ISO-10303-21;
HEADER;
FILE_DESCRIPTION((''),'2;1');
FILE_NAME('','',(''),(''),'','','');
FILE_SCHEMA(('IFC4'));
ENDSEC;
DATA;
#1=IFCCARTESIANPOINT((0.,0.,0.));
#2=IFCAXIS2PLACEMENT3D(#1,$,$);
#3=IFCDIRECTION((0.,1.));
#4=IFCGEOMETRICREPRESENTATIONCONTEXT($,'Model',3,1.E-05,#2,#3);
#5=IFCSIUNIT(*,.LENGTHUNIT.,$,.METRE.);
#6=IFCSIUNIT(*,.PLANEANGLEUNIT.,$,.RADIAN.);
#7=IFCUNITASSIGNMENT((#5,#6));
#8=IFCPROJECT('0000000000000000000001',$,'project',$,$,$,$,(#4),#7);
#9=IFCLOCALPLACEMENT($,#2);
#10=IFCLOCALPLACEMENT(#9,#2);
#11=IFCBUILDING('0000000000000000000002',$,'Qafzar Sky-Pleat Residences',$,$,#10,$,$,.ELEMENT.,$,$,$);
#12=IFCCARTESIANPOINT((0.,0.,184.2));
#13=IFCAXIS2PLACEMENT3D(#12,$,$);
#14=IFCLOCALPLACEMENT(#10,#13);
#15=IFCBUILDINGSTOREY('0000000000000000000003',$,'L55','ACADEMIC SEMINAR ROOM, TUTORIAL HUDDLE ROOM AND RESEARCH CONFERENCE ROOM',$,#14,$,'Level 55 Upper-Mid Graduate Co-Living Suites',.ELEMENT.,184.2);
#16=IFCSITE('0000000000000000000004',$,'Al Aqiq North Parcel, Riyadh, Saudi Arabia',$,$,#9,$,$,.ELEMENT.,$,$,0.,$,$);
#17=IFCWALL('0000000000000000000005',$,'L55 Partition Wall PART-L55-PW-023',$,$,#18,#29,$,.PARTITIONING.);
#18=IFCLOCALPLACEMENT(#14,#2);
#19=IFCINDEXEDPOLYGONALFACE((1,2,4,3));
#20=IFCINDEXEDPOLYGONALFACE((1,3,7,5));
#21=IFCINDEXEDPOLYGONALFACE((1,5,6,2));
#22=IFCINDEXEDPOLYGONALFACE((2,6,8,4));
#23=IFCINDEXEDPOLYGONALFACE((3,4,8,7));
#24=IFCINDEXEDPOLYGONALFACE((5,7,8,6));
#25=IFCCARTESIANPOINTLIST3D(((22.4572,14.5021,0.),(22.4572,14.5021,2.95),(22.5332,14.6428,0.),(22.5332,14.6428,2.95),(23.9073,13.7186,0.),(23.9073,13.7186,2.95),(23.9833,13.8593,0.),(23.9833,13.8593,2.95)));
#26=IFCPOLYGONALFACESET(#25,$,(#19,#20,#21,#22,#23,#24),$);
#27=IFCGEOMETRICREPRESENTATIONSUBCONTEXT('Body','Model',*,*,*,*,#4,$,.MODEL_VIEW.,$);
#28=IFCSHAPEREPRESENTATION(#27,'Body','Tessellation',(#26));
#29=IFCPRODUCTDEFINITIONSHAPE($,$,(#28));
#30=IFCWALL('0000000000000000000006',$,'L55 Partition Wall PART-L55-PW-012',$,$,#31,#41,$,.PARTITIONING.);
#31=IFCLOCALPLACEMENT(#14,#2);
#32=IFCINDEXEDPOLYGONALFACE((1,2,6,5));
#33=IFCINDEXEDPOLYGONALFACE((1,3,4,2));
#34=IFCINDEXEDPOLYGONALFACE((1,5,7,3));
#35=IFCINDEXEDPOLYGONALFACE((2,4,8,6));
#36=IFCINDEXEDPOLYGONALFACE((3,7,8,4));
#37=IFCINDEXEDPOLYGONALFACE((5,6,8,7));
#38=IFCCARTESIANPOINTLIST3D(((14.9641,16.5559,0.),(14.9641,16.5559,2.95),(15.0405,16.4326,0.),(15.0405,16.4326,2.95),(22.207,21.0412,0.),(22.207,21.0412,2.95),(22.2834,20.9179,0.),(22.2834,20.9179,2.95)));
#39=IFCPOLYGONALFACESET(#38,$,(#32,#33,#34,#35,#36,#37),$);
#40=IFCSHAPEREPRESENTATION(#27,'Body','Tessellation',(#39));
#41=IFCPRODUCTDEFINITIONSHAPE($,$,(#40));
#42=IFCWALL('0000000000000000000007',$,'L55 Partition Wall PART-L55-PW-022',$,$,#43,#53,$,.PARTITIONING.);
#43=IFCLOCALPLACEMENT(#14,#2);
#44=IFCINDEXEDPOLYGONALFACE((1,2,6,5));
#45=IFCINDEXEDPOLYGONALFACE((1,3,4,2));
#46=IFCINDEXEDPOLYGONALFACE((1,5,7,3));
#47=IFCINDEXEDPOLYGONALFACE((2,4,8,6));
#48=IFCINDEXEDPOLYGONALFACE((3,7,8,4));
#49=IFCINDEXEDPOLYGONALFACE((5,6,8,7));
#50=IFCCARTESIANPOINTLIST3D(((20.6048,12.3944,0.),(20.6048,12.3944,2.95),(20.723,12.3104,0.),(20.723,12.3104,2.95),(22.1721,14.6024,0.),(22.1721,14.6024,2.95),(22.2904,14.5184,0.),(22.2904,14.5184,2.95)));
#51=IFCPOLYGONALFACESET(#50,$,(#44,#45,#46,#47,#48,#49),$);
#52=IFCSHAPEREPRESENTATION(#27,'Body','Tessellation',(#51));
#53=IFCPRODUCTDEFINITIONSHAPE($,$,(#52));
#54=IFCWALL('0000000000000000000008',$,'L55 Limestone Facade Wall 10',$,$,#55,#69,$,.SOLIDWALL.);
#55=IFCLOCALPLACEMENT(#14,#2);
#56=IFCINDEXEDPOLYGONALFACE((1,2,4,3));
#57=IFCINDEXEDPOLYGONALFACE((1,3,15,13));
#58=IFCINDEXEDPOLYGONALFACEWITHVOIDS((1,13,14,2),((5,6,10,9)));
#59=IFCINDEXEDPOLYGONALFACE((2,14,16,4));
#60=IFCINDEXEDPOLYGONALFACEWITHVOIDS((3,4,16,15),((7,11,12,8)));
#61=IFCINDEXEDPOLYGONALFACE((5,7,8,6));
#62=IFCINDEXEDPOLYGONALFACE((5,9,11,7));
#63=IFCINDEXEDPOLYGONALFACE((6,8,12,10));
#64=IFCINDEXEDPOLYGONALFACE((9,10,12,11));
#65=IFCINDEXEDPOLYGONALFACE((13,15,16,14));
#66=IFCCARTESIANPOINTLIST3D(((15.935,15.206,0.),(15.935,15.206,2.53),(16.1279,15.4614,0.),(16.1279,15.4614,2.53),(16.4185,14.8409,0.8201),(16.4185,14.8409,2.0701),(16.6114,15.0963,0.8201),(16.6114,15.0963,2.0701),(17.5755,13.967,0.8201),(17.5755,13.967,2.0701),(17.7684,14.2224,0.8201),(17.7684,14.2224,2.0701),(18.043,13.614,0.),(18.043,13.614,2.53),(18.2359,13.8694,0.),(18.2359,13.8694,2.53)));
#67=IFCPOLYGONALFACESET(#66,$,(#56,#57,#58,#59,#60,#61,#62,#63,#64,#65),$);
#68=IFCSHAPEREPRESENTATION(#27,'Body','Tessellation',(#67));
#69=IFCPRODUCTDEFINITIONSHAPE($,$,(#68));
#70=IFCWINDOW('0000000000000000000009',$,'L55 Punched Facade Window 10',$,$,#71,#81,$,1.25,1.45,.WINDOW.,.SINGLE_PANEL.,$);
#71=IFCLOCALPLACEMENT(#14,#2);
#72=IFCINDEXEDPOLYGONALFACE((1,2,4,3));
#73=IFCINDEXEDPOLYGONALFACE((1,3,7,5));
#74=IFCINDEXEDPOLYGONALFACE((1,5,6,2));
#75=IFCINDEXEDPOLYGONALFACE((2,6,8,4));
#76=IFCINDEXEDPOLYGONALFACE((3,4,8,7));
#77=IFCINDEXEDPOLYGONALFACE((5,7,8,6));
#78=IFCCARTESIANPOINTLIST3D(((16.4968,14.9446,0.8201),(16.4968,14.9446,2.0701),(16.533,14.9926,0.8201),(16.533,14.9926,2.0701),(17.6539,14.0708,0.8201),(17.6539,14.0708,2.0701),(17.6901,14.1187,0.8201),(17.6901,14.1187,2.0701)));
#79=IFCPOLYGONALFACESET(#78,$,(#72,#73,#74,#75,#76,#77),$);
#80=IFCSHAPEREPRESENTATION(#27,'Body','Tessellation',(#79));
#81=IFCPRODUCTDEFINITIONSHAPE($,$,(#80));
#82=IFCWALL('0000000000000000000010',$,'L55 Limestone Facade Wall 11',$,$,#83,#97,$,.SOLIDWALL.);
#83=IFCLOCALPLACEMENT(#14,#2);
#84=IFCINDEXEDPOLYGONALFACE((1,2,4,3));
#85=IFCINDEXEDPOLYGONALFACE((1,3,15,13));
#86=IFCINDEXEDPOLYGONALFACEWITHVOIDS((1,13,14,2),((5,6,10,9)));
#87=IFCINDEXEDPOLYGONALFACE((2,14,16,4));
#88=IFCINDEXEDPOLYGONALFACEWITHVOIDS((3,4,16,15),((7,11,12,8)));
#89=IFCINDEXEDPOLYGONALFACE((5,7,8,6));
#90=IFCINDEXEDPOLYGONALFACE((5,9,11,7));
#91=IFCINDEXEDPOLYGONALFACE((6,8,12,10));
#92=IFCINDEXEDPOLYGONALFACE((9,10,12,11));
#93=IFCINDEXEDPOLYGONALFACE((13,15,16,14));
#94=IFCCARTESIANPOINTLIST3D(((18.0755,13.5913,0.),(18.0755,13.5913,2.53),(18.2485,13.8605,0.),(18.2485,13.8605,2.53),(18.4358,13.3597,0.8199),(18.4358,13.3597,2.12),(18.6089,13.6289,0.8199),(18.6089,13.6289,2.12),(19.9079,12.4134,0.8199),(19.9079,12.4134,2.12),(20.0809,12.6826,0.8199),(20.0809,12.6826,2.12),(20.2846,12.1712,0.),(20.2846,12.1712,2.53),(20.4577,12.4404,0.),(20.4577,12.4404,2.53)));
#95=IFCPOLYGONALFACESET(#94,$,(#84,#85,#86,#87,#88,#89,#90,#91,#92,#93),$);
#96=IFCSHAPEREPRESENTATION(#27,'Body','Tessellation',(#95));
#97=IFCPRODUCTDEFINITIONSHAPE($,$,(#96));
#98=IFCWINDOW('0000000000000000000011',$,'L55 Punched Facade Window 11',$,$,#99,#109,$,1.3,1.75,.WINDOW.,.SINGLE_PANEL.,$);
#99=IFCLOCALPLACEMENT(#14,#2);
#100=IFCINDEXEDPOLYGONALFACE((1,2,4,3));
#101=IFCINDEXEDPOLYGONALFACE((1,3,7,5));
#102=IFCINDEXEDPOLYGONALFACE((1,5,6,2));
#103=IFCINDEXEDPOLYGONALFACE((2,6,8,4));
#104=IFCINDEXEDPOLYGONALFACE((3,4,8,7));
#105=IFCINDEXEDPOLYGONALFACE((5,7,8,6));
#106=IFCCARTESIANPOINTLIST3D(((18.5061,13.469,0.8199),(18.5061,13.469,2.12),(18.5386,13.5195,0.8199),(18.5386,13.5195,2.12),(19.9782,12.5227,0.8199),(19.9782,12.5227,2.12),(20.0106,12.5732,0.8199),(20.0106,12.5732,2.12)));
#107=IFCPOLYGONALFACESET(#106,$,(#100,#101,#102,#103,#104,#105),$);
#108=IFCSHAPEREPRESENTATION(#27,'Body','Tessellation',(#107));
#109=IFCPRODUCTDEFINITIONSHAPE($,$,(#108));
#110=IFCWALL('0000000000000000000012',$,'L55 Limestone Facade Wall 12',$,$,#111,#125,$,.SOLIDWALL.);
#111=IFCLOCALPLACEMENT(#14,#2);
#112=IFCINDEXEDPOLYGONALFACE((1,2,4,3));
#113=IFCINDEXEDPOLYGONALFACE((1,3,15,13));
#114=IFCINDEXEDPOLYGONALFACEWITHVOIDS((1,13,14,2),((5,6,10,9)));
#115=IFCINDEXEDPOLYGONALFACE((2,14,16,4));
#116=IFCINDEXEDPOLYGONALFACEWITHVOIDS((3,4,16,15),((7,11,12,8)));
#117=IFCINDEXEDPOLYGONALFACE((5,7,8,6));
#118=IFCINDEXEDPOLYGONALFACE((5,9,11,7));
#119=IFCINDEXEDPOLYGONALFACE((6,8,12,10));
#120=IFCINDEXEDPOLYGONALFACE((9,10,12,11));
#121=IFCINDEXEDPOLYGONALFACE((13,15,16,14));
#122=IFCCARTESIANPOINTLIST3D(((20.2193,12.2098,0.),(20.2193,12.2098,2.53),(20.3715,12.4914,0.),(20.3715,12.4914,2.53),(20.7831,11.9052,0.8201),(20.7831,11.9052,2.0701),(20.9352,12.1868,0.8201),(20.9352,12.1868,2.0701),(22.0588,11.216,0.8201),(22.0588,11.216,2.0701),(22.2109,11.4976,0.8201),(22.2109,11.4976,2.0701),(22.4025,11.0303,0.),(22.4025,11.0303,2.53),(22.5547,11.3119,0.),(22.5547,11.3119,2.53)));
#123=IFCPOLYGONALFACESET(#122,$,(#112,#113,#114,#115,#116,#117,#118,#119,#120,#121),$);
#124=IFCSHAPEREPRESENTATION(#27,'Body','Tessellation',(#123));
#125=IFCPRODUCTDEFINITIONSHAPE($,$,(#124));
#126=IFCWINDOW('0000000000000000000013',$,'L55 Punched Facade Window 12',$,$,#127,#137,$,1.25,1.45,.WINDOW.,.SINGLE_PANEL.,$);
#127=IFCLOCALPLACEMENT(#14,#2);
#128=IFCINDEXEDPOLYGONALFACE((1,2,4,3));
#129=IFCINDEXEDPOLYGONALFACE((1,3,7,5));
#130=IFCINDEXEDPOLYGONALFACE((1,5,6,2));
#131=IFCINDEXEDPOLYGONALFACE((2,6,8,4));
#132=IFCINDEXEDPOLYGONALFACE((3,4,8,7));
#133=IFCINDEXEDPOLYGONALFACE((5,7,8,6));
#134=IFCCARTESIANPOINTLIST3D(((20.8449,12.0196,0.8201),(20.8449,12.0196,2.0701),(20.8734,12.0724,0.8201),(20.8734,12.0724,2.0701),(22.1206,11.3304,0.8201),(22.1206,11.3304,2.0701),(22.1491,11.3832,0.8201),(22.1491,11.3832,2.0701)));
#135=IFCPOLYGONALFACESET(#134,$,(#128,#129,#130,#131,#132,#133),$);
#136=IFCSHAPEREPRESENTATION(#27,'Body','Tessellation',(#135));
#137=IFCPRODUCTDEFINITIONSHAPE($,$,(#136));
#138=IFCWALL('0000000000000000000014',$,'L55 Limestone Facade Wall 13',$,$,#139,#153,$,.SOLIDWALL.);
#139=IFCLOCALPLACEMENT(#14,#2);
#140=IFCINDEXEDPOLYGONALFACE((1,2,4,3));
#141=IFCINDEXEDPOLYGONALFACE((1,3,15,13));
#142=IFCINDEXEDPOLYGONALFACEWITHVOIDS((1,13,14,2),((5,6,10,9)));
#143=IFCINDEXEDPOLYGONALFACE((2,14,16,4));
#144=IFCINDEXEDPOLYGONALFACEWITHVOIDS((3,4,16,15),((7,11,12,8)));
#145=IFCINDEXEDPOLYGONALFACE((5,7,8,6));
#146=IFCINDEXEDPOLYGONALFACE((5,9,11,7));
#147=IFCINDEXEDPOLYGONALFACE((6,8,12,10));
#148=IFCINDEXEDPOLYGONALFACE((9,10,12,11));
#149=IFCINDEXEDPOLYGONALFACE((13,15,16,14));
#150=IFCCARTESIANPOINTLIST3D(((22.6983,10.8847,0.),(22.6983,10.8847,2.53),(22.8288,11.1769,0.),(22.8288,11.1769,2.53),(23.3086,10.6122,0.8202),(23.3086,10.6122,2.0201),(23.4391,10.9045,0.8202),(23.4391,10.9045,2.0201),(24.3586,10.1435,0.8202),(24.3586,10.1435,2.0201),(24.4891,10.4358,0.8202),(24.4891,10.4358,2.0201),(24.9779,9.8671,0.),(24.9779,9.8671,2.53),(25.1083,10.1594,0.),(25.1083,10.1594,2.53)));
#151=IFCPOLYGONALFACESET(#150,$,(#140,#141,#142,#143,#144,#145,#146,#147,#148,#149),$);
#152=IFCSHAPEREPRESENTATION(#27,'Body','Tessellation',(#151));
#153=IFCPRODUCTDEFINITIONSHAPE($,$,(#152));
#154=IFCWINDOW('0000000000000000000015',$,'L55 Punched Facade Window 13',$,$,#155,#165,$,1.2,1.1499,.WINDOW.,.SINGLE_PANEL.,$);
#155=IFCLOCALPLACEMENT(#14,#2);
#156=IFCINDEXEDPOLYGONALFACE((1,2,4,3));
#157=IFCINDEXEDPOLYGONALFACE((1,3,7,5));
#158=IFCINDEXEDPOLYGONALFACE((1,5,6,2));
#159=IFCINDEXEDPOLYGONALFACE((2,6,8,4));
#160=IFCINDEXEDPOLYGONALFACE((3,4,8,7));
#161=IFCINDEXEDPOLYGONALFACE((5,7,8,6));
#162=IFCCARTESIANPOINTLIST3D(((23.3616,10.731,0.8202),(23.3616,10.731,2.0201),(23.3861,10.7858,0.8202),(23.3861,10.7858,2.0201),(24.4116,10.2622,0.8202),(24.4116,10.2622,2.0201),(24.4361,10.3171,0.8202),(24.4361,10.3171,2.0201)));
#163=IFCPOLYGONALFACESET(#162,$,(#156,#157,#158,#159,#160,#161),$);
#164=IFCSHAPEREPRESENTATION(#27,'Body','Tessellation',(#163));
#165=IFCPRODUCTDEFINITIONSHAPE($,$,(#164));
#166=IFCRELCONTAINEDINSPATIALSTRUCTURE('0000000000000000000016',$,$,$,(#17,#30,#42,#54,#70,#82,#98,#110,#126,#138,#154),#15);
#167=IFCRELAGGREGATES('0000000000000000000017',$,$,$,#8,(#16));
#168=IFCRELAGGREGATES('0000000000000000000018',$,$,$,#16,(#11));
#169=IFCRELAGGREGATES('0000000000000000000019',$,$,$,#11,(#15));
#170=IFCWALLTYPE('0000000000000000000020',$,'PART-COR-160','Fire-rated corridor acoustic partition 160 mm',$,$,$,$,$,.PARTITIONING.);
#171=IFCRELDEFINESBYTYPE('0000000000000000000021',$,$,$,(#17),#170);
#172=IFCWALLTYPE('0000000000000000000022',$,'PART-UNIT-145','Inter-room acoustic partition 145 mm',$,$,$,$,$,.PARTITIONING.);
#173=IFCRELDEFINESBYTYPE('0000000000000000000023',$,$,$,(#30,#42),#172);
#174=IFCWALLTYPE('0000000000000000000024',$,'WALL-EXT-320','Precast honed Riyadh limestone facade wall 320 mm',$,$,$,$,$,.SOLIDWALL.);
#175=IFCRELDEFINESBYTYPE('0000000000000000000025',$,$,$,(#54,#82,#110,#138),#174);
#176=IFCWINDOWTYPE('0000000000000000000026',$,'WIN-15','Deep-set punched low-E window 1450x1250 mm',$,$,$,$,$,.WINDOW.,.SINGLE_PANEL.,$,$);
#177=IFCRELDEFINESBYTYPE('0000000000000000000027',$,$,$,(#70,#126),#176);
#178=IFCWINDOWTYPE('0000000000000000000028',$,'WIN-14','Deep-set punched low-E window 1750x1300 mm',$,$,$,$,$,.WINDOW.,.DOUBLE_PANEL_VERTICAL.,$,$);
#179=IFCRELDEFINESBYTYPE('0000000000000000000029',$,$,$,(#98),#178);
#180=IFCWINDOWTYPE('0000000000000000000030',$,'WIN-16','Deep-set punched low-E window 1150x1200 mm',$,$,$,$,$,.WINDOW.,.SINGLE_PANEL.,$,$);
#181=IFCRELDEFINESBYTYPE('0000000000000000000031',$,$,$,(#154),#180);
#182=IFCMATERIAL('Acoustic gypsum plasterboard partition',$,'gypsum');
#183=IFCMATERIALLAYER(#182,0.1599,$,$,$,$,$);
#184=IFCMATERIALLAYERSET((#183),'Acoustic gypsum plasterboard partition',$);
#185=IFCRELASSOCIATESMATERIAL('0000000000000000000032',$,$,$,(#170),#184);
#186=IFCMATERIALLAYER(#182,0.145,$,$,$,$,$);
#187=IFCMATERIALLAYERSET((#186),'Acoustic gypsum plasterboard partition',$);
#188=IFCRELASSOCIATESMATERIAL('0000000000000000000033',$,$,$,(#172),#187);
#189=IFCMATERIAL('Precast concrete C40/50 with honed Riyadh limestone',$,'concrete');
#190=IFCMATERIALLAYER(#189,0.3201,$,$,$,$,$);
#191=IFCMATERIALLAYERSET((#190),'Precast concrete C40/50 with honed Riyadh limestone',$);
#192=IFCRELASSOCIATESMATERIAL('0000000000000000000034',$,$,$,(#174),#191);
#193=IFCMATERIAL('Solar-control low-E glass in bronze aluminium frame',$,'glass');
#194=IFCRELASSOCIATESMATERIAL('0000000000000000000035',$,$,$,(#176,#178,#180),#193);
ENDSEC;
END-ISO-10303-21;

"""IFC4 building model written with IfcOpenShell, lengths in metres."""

from ifc_helpers import new_model, si_unit, direction, frame, frame_2d, origin, place, context, subcontext, project, spatial, rectangle, extrude, source, transform, mapped, material, layer, layer_set, type_object, element, fill, save


model = new_model("IFC4")

# Units and contexts
model_context = context("Model", 3, precision=1e-05, world=origin(), true_north=direction((0.0, 1.0)))
body_context = subcontext(model_context, "Body", "Model", "MODEL_VIEW")
ifc_project = project(units=[si_unit("LENGTHUNIT", "METRE"), si_unit("PLANEANGLEUNIT", "RADIAN")], contexts=[model_context])

# Site, building, storey
site_placement = place(None, origin())
site = spatial("IfcSite", under=ifc_project, at=site_placement, Name="Al Aqiq North Parcel, Riyadh, Saudi Arabia", CompositionType="ELEMENT", RefElevation=0.0)
building_placement = place(site_placement, origin())
building = spatial("IfcBuilding", under=site, at=building_placement, Name="Qafzar Sky-Pleat Residences", CompositionType="ELEMENT")
storey_placement = place(building_placement, frame((0.0, 0.0, 184.2)))
storey = spatial("IfcBuildingStorey", under=building, at=storey_placement, Name="L55", Description="ACADEMIC SEMINAR ROOM, TUTORIAL HUDDLE ROOM AND RESEARCH CONFERENCE ROOM", LongName="Level 55 Upper-Mid Graduate Co-Living Suites", CompositionType="ELEMENT", Elevation=184.2)

# Shared definitions
ifc_material_1 = material(Name="Acoustic gypsum plasterboard partition", Category="gypsum")
ifc_layer_1 = layer(ifc_material_1, 0.1599)
ifc_layer_set_1 = layer_set([ifc_layer_1], Name="Acoustic gypsum plasterboard partition")
wall_type_1 = type_object("IfcWallType", Name="PART-COR-160", Description="Fire-rated corridor acoustic partition 160 mm", PredefinedType="PARTITIONING", material=ifc_layer_set_1)

# Walls
wall_1_placement = place(storey_placement, frame((22.4951, 14.5725, 0.0), z_axis=(0.0, 0.0, 1.0), x_axis=(0.879785, -0.475371, 0.0)))
element("IfcWall", 1, at=wall_1_placement, inside=storey, type_object=wall_type_1, Name="L55 Partition Wall PART-L55-PW-023", PredefinedType="PARTITIONING", context=body_context, shape_type="SweptSolid", body=[
    extrude(rectangle(XDim=1.6482, YDim=0.1599, at=frame_2d((0.8242, 0.0))), origin(), (0.0, 0.0, 1.0), 2.95),
])
ifc_layer_2 = layer(ifc_material_1, 0.145)
ifc_layer_set_2 = layer_set([ifc_layer_2], Name="Acoustic gypsum plasterboard partition")
wall_type_2 = type_object("IfcWallType", Name="PART-UNIT-145", Description="Inter-room acoustic partition 145 mm", PredefinedType="PARTITIONING", material=ifc_layer_set_2)
wall_2_placement = place(storey_placement, frame((15.0022, 16.4941, 0.0), z_axis=(0.0, 0.0, 1.0), x_axis=(0.850179, 0.526494, 0.0)))
element("IfcWall", 2, at=wall_2_placement, inside=storey, type_object=wall_type_2, Name="L55 Partition Wall PART-L55-PW-012", PredefinedType="PARTITIONING", context=body_context, shape_type="SweptSolid", body=[
    extrude(rectangle(XDim=8.5193, YDim=0.145, at=frame_2d((4.2598, 0.0))), origin(), (0.0, 0.0, 1.0), 2.95),
])
wall_3_placement = place(storey_placement, frame((20.6638, 12.3523, 0.0), z_axis=(0.0, 0.0, 1.0), x_axis=(0.578848, 0.815436, 0.0)))
element("IfcWall", 3, at=wall_3_placement, inside=storey, type_object=wall_type_2, Name="L55 Partition Wall PART-L55-PW-022", PredefinedType="PARTITIONING", context=body_context, shape_type="SweptSolid", body=[
    extrude(rectangle(XDim=2.7078, YDim=0.145, at=frame_2d((1.354, 0.0))), origin(), (0.0, 0.0, 1.0), 2.95),
])

# Walls, openings, windows
ifc_material_2 = material(Name="Precast concrete C40/50 with honed Riyadh limestone", Category="concrete")
ifc_layer_3 = layer(ifc_material_2, 0.3201)
ifc_layer_set_3 = layer_set([ifc_layer_3], Name="Precast concrete C40/50 with honed Riyadh limestone")
wall_type_3 = type_object("IfcWallType", Name="WALL-EXT-320", Description="Precast honed Riyadh limestone facade wall 320 mm", PredefinedType="SOLIDWALL", material=ifc_layer_set_3)
wall_4_placement = place(storey_placement, frame((16.0315, 15.3337, 0.0), z_axis=(0.0, 0.0, 1.0), x_axis=(0.797977, -0.602688, 0.0)))
wall_4 = element("IfcWall", 4, at=wall_4_placement, inside=storey, type_object=wall_type_3, Name="L55 Limestone Facade Wall 10", PredefinedType="SOLIDWALL", context=body_context, shape_type="SweptSolid", body=[
    extrude(rectangle(XDim=2.6416, YDim=0.3201, at=frame_2d((1.3208, 0.0))), origin(), (0.0, 0.0, 1.0), 2.53),
])
opening_1_placement = place(wall_4_placement, frame((0.6057, 0.0, 0.8201)))
opening_1 = element("IfcOpeningElement", 5, at=opening_1_placement, cuts=wall_4, PredefinedType="OPENING", context=body_context, shape_type="SweptSolid", body=[
    extrude(rectangle(XDim=1.45, YDim=1.25, at=frame_2d((0.7251, 0.625))), frame((0.0, 0.1699, 0.0), z_axis=(0.0, -1.0, 0.0), x_axis=(1.0, 0.0, 0.0)), (0.0, 0.0, 1.0), 0.3401),
])
ifc_material_3 = material(Name="Solar-control low-E glass in bronze aluminium frame", Category="glass")
window_type_1 = type_object("IfcWindowType", Name="WIN-15", Description="Deep-set punched low-E window 1450x1250 mm", PartitioningType="SINGLE_PANEL", PredefinedType="WINDOW", material=ifc_material_3)
shared_shape_1 = source(origin(), body_context, "Body", "SweptSolid", [
    extrude(rectangle(XDim=1.45, YDim=1.25, at=frame_2d((0.7251, 0.625))), frame((0.0, 0.03, 0.0), z_axis=(0.0, -1.0, 0.0), x_axis=(1.0, 0.0, 0.0)), (0.0, 0.0, 1.0), 0.0601),
])
window_1_placement = place(opening_1_placement, origin())
window_1 = element("IfcWindow", 6, at=window_1_placement, inside=storey, type_object=window_type_1, Name="L55 Punched Facade Window 10", OverallHeight=1.25, OverallWidth=1.45, PartitioningType="SINGLE_PANEL", PredefinedType="WINDOW", context=body_context, shape_type="MappedRepresentation", body=[
    mapped(shared_shape_1, transform((0.0, 0.0, 0.0), x_axis=(1.0, 0.0, 0.0), y_axis=(0.0, 1.0, 0.0), z_axis=(0.0, 0.0, 1.0), scale=1.0)),
])
fill(opening_1, window_1)
wall_5_placement = place(storey_placement, frame((18.1621, 13.7258, 0.0), z_axis=(0.0, 0.0, 1.0), x_axis=(0.841188, -0.540743, 0.0)))
wall_5 = element("IfcWall", 7, at=wall_5_placement, inside=storey, type_object=wall_type_3, Name="L55 Limestone Facade Wall 11", PredefinedType="SOLIDWALL", context=body_context, shape_type="SweptSolid", body=[
    extrude(rectangle(XDim=2.6262, YDim=0.3201, at=frame_2d((1.313, 0.0))), origin(), (0.0, 0.0, 1.0), 2.53),
])
opening_2_placement = place(wall_5_placement, frame((0.4282, 0.0, 0.8201)))
opening_2 = element("IfcOpeningElement", 8, at=opening_2_placement, cuts=wall_5, PredefinedType="OPENING", context=body_context, shape_type="SweptSolid", body=[
    extrude(rectangle(XDim=1.75, YDim=1.3, at=frame_2d((0.875, 0.6499))), frame((0.0, 0.1699, 0.0), z_axis=(0.0, -1.0, 0.0), x_axis=(1.0, 0.0, 0.0)), (0.0, 0.0, 1.0), 0.3401),
])
window_type_2 = type_object("IfcWindowType", Name="WIN-14", Description="Deep-set punched low-E window 1750x1300 mm", PartitioningType="DOUBLE_PANEL_VERTICAL", PredefinedType="WINDOW", material=ifc_material_3)
shared_shape_2 = source(origin(), body_context, "Body", "SweptSolid", [
    extrude(rectangle(XDim=1.75, YDim=1.3, at=frame_2d((0.875, 0.6499))), frame((0.0, 0.03, 0.0), z_axis=(0.0, -1.0, 0.0), x_axis=(1.0, 0.0, 0.0)), (0.0, 0.0, 1.0), 0.0601),
])
window_2_placement = place(opening_2_placement, origin())
window_2 = element("IfcWindow", 9, at=window_2_placement, inside=storey, type_object=window_type_2, Name="L55 Punched Facade Window 11", OverallHeight=1.3, OverallWidth=1.75, PartitioningType="SINGLE_PANEL", PredefinedType="WINDOW", context=body_context, shape_type="MappedRepresentation", body=[
    mapped(shared_shape_2, transform((0.0, 0.0, 0.0), x_axis=(1.0, 0.0, 0.0), y_axis=(0.0, 1.0, 0.0), z_axis=(0.0, 0.0, 1.0), scale=1.0)),
])
fill(opening_2, window_2)
wall_6_placement = place(storey_placement, frame((20.2954, 12.3506, 0.0), z_axis=(0.0, 0.0, 1.0), x_axis=(0.87981, -0.475326, 0.0)))
wall_6 = element("IfcWall", 10, at=wall_6_placement, inside=storey, type_object=wall_type_3, Name="L55 Limestone Facade Wall 12", PredefinedType="SOLIDWALL", context=body_context, shape_type="SweptSolid", body=[
    extrude(rectangle(XDim=2.4814, YDim=0.3201, at=frame_2d((1.2407, 0.0))), origin(), (0.0, 0.0, 1.0), 2.53),
])
opening_3_placement = place(wall_6_placement, frame((0.6406, 0.0, 0.8201)))
opening_3 = element("IfcOpeningElement", 11, at=opening_3_placement, cuts=wall_6, PredefinedType="OPENING", context=body_context, shape_type="SweptSolid", body=[
    extrude(rectangle(XDim=1.45, YDim=1.25, at=frame_2d((0.7251, 0.625))), frame((0.0, 0.1699, 0.0), z_axis=(0.0, -1.0, 0.0), x_axis=(1.0, 0.0, 0.0)), (0.0, 0.0, 1.0), 0.3401),
])
window_3_placement = place(opening_3_placement, origin())
window_3 = element("IfcWindow", 12, at=window_3_placement, inside=storey, type_object=window_type_1, Name="L55 Punched Facade Window 12", OverallHeight=1.25, OverallWidth=1.45, PartitioningType="SINGLE_PANEL", PredefinedType="WINDOW", context=body_context, shape_type="MappedRepresentation", body=[
    mapped(shared_shape_1, transform((0.0, 0.0, 0.0), x_axis=(1.0, 0.0, 0.0), y_axis=(0.0, 1.0, 0.0), z_axis=(0.0, 0.0, 1.0), scale=1.0)),
])
fill(opening_3, window_3)
wall_7_placement = place(storey_placement, frame((22.7637, 11.0308, 0.0), z_axis=(0.0, 0.0, 1.0), x_axis=(0.913149, -0.407626, 0.0)))
wall_7 = element("IfcWall", 13, at=wall_7_placement, inside=storey, type_object=wall_type_3, Name="L55 Limestone Facade Wall 13", PredefinedType="SOLIDWALL", context=body_context, shape_type="SweptSolid", body=[
    extrude(rectangle(XDim=2.4963, YDim=0.3201, at=frame_2d((1.248, 0.0))), origin(), (0.0, 0.0, 1.0), 2.53),
])
opening_4_placement = place(wall_7_placement, frame((0.6682, 0.0, 0.8201)))
opening_4 = element("IfcOpeningElement", 14, at=opening_4_placement, cuts=wall_7, PredefinedType="OPENING", context=body_context, shape_type="SweptSolid", body=[
    extrude(rectangle(XDim=1.1499, YDim=1.2, at=frame_2d((0.575, 0.6001))), frame((0.0, 0.1699, 0.0), z_axis=(0.0, -1.0, 0.0), x_axis=(1.0, 0.0, 0.0)), (0.0, 0.0, 1.0), 0.3401),
])
window_type_3 = type_object("IfcWindowType", Name="WIN-16", Description="Deep-set punched low-E window 1150x1200 mm", PartitioningType="SINGLE_PANEL", PredefinedType="WINDOW", material=ifc_material_3)
shared_shape_3 = source(origin(), body_context, "Body", "SweptSolid", [
    extrude(rectangle(XDim=1.1499, YDim=1.2, at=frame_2d((0.575, 0.6001))), frame((0.0, 0.03, 0.0), z_axis=(0.0, -1.0, 0.0), x_axis=(1.0, 0.0, 0.0)), (0.0, 0.0, 1.0), 0.0601),
])
window_4_placement = place(opening_4_placement, origin())
window_4 = element("IfcWindow", 15, at=window_4_placement, inside=storey, type_object=window_type_3, Name="L55 Punched Facade Window 13", OverallHeight=1.2, OverallWidth=1.1499, PartitioningType="SINGLE_PANEL", PredefinedType="WINDOW", context=body_context, shape_type="MappedRepresentation", body=[
    mapped(shared_shape_3, transform((0.0, 0.0, 0.0), x_axis=(1.0, 0.0, 0.0), y_axis=(0.0, 1.0, 0.0), z_axis=(0.0, 0.0, 1.0), scale=1.0)),
])
fill(opening_4, window_4)

save(model, "model.ifc")
